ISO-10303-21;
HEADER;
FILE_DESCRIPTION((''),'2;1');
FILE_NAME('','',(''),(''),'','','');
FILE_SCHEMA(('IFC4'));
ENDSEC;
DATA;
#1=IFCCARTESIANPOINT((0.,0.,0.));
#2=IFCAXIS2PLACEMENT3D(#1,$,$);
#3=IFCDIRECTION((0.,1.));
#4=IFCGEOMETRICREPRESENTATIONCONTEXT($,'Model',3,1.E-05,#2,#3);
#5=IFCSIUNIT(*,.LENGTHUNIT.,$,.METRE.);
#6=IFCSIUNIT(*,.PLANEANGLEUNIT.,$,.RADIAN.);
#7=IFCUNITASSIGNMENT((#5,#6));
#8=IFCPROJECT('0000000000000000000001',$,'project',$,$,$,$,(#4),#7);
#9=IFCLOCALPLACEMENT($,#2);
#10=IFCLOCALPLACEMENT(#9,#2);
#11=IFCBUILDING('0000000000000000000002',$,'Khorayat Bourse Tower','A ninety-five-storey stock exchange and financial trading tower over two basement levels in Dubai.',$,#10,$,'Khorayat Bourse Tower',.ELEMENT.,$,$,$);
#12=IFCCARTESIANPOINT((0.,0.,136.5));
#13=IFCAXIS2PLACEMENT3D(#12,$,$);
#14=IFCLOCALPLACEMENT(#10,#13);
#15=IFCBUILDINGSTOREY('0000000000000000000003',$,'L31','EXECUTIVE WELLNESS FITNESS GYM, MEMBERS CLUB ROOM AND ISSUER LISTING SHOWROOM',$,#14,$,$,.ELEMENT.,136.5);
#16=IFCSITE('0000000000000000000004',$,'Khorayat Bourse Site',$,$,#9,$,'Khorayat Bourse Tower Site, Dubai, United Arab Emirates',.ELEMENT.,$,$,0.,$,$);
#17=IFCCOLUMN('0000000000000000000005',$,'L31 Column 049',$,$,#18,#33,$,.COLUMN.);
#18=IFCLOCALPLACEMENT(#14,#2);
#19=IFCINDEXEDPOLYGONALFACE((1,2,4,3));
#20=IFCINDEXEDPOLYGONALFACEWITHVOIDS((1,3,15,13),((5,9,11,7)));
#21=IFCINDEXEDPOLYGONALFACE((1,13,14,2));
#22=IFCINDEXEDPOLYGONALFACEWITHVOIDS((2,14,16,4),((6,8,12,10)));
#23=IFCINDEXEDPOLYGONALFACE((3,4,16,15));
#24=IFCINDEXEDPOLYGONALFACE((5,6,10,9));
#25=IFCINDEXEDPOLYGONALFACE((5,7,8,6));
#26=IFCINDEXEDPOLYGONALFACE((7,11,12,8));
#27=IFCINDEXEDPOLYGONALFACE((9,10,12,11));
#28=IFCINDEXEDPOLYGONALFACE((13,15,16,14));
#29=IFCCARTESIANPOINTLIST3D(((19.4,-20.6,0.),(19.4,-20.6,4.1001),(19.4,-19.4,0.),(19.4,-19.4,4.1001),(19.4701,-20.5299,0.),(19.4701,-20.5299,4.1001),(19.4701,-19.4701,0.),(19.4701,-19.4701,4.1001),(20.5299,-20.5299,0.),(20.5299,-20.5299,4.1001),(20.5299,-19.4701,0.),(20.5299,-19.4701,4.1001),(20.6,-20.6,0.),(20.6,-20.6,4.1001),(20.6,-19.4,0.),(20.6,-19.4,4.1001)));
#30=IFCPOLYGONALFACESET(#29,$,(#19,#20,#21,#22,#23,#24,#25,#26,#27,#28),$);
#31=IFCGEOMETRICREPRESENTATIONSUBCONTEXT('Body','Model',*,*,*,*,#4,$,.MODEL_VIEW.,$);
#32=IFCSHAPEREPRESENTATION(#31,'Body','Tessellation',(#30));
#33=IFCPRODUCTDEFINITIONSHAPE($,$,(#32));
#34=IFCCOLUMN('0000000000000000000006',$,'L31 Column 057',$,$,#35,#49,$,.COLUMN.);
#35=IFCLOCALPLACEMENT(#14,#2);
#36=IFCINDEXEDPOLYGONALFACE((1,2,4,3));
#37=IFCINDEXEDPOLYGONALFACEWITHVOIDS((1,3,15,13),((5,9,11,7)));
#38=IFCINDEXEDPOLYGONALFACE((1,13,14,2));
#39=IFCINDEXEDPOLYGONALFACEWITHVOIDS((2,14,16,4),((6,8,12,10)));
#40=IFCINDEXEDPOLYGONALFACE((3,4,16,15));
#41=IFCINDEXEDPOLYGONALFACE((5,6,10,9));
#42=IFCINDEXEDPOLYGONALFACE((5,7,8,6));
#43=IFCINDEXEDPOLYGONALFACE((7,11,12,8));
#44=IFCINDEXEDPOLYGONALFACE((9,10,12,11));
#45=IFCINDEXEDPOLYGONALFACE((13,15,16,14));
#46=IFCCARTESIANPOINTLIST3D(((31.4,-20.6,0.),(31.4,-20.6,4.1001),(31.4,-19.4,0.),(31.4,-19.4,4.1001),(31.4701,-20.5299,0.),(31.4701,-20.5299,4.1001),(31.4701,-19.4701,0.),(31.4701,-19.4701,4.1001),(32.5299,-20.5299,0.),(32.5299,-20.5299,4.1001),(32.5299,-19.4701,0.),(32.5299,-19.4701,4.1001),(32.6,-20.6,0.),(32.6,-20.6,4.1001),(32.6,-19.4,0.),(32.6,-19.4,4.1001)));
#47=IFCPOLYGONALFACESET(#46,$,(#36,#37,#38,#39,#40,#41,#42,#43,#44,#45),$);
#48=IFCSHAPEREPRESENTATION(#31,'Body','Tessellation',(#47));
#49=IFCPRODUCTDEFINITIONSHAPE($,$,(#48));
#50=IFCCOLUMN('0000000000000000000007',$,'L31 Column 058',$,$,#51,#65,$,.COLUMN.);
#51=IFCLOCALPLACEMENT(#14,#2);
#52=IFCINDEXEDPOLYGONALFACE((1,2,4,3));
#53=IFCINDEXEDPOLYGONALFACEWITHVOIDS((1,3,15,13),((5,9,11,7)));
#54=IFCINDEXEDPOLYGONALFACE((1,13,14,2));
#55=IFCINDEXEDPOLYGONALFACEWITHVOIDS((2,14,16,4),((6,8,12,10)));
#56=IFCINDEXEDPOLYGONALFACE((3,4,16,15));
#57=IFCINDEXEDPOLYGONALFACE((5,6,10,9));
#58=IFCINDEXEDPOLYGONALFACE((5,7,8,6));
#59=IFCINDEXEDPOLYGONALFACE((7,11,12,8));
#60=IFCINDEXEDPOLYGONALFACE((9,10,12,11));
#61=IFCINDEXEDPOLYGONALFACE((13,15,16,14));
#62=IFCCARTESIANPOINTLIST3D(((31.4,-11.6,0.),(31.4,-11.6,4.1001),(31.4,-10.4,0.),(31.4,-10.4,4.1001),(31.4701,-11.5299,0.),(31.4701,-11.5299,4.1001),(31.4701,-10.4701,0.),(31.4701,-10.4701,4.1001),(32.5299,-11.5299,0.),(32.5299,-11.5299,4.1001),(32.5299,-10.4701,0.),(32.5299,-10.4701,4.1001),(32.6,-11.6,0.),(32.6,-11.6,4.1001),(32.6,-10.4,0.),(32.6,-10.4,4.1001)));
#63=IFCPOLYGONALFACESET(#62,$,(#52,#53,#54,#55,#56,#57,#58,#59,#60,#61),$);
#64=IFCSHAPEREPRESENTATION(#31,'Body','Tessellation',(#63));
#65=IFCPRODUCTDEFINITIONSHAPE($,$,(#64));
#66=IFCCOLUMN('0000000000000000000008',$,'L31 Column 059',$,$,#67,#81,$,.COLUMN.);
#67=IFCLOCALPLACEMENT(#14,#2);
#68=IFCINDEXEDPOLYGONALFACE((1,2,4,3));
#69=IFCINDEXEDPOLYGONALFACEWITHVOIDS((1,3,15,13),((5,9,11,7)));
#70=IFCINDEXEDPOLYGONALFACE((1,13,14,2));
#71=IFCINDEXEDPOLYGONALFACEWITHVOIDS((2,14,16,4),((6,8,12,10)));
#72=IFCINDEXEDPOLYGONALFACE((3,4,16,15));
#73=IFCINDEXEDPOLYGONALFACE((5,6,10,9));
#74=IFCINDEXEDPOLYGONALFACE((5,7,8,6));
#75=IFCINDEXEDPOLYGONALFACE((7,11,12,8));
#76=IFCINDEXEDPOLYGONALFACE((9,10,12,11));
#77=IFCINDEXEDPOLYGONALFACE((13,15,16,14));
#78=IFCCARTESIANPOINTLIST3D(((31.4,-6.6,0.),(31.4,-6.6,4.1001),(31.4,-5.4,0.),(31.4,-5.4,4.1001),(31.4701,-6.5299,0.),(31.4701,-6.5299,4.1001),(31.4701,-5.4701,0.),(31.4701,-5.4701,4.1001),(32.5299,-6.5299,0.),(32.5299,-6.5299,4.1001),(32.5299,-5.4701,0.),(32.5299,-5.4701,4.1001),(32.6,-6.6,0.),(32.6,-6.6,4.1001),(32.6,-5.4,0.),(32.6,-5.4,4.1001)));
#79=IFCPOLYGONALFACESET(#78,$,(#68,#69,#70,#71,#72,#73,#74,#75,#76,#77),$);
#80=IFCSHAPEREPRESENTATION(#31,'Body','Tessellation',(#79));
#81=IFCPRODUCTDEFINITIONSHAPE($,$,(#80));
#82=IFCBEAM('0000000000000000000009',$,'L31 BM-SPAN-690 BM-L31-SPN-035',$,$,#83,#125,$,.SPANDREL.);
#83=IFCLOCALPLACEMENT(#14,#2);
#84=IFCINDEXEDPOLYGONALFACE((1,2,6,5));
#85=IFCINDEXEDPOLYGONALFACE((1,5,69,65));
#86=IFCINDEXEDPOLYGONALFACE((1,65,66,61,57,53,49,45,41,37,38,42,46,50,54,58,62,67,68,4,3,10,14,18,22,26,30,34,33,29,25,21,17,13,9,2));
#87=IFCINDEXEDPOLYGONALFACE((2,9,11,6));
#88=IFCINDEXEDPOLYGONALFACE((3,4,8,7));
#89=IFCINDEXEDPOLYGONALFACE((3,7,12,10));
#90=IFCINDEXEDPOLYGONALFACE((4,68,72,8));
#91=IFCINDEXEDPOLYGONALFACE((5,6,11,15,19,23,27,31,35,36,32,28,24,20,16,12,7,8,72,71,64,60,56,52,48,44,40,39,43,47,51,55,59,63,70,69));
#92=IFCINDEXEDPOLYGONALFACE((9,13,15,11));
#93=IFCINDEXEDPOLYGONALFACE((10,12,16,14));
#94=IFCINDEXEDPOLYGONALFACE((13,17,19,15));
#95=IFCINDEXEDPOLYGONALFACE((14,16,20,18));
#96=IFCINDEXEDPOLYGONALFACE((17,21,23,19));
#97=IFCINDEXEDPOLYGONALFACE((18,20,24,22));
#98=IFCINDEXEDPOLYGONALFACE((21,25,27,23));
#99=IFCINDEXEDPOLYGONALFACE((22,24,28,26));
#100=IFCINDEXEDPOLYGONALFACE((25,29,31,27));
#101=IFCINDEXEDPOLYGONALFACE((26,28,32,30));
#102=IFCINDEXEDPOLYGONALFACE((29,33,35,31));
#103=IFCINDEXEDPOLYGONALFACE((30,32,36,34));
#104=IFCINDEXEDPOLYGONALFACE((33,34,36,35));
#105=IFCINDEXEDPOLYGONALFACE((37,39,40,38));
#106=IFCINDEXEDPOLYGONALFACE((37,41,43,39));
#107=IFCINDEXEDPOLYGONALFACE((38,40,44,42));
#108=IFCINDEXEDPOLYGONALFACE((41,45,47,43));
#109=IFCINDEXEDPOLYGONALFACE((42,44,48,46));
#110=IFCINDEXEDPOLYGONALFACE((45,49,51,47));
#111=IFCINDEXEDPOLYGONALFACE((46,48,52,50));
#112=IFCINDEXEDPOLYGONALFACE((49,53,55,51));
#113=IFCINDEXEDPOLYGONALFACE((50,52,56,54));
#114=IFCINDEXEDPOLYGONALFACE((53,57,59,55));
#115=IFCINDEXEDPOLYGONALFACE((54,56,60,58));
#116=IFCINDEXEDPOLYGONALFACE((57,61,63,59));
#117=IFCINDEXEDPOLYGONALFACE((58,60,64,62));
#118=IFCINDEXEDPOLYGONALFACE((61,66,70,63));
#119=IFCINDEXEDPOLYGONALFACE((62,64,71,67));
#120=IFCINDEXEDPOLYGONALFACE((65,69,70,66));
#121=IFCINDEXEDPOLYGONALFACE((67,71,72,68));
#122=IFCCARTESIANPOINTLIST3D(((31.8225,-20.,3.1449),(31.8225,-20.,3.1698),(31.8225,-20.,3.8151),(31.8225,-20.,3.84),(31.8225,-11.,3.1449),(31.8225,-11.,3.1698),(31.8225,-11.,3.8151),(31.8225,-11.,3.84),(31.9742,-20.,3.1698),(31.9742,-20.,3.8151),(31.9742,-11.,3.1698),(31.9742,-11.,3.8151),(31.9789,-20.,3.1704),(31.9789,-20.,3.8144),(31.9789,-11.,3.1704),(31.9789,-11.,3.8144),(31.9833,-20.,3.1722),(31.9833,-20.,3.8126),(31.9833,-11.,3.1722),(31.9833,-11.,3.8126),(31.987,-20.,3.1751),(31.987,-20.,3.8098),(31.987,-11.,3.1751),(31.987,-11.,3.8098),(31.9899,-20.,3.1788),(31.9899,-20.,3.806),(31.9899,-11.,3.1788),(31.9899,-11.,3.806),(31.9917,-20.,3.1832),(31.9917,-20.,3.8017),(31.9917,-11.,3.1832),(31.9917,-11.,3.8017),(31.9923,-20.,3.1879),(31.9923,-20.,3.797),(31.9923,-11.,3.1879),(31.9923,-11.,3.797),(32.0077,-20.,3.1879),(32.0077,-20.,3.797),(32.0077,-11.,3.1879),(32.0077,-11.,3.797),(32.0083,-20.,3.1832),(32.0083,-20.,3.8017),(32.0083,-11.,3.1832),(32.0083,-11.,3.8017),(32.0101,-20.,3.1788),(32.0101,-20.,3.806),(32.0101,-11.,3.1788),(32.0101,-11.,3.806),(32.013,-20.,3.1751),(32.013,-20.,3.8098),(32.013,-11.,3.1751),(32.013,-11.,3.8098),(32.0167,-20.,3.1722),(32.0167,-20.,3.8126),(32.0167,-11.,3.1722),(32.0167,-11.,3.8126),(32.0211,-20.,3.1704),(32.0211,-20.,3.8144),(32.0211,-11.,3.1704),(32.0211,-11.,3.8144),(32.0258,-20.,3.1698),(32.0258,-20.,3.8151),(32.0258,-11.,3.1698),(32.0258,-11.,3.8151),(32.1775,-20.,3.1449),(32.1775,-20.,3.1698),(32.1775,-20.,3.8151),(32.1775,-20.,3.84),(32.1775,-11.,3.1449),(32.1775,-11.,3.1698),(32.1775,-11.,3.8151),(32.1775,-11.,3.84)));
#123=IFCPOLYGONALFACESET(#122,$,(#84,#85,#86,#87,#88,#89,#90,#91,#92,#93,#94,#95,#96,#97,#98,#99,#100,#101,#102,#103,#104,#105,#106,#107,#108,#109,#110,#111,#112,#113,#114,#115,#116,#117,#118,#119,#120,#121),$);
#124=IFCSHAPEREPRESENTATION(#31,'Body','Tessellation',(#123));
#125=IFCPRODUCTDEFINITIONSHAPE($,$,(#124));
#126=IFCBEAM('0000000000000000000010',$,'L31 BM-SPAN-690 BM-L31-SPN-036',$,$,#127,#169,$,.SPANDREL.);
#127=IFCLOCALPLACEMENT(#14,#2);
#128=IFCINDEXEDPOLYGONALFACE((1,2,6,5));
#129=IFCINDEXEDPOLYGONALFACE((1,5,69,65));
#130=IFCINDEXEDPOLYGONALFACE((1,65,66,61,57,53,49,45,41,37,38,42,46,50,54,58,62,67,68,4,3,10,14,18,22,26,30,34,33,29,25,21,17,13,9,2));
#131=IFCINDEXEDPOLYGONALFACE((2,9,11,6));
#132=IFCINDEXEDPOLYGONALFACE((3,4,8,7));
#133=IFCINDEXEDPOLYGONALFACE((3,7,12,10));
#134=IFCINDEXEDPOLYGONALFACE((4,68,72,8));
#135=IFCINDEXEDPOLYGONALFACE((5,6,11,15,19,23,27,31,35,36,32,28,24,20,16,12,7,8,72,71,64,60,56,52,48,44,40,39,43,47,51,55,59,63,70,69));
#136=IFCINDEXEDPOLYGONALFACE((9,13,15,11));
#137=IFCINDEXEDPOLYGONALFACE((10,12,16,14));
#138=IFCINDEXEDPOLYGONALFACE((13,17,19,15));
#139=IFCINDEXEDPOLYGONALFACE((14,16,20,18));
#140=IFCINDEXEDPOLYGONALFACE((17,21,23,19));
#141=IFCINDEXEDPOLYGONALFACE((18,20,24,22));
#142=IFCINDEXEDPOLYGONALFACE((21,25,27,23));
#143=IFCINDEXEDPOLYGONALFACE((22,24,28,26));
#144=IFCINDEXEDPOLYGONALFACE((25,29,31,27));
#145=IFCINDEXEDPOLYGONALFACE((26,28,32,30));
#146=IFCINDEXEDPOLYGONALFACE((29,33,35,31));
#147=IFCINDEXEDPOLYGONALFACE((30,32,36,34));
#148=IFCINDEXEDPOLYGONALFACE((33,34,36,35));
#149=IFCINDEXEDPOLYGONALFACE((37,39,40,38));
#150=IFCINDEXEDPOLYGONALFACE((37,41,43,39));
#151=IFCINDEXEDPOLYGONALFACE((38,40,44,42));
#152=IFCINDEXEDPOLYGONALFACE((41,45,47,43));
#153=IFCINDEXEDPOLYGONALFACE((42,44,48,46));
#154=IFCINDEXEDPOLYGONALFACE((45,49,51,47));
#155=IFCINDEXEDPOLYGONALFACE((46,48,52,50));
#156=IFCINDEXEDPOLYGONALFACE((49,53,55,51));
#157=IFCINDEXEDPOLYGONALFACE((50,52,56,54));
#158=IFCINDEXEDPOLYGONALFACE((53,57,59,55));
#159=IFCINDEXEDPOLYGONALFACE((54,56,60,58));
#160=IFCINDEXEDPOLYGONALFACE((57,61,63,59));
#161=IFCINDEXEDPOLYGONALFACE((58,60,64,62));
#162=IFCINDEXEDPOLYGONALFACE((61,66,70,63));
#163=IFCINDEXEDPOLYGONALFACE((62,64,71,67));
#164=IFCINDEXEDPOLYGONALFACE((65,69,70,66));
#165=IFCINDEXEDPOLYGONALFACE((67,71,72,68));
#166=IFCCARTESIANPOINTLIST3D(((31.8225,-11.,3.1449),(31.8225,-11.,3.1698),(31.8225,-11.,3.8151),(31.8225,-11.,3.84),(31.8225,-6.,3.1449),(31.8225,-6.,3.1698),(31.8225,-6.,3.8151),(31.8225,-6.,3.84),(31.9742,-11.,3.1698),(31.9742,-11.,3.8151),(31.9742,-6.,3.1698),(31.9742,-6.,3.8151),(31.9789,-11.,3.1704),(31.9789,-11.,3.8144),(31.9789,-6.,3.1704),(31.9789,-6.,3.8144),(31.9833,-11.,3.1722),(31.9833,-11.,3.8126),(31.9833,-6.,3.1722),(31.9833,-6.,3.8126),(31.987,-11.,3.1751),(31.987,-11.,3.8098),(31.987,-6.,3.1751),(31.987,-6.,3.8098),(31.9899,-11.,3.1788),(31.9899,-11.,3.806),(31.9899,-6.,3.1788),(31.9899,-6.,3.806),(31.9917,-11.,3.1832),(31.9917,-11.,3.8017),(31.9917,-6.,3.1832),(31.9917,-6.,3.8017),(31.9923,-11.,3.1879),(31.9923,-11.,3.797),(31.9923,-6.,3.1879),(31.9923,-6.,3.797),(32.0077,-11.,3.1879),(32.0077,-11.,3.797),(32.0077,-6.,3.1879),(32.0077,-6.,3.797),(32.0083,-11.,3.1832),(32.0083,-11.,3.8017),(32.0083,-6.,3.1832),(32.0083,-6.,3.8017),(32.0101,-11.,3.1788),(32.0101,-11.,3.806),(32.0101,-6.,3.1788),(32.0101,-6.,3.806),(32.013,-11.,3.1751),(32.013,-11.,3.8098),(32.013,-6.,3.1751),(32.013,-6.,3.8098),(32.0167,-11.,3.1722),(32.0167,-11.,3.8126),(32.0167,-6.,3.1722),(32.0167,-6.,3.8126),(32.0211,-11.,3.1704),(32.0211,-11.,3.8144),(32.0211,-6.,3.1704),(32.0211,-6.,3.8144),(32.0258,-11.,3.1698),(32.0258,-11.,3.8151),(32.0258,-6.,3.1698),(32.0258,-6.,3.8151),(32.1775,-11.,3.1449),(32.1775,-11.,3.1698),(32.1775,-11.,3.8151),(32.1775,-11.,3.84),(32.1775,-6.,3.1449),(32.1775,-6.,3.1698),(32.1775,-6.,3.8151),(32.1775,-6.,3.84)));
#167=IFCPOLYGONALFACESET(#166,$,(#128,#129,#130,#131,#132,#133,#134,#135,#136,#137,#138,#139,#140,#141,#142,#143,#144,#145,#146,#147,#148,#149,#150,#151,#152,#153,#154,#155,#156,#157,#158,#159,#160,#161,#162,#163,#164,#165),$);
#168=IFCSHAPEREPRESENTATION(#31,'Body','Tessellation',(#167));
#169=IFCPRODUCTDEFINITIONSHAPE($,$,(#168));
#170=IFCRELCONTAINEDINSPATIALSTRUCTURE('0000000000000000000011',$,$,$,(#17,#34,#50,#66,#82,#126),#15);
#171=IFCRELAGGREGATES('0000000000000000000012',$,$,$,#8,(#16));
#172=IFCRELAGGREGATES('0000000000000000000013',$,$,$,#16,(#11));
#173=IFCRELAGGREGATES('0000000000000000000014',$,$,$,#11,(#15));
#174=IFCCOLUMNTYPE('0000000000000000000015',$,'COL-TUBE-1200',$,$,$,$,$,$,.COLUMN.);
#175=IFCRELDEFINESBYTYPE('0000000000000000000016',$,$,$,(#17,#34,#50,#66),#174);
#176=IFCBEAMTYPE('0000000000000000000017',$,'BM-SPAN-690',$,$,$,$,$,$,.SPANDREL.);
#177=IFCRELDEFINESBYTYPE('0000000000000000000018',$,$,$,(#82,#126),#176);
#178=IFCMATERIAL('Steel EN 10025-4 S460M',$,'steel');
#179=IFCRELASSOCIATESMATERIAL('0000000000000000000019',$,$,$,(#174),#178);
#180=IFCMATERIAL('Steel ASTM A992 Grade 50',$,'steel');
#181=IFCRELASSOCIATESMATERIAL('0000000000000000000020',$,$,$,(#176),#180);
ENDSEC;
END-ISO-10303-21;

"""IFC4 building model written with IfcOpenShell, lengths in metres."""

from ifc_helpers import new_model, si_unit, direction, frame, origin, origin_2d, place, context, subcontext, project, spatial, hollow_rectangle, i_section, extrude, source, transform, mapped, material, material_profile, profile_set, type_object, element, save


model = new_model("IFC4")

# Units and contexts
model_context = context("Model", 3, precision=1e-05, world=origin(), true_north=direction((0.0, 1.0)))
body_context = subcontext(model_context, "Body", "Model", "MODEL_VIEW")
ifc_project = project(units=[si_unit("LENGTHUNIT", "METRE"), si_unit("PLANEANGLEUNIT", "RADIAN")], contexts=[model_context])

# Site, building, storey
site_placement = place(None, origin())
site = spatial("IfcSite", under=ifc_project, at=site_placement, Name="Khorayat Bourse Site", LongName="Khorayat Bourse Tower Site, Dubai, United Arab Emirates", CompositionType="ELEMENT", RefElevation=0.0)
building_placement = place(site_placement, origin())
building = spatial("IfcBuilding", under=site, at=building_placement, Name="Khorayat Bourse Tower", Description="A ninety-five-storey stock exchange and financial trading tower over two basement levels in Dubai.", LongName="Khorayat Bourse Tower", CompositionType="ELEMENT")
storey_placement = place(building_placement, frame((0.0, 0.0, 136.5)))
storey = spatial("IfcBuildingStorey", under=building, at=storey_placement, Name="L31", Description="EXECUTIVE WELLNESS FITNESS GYM, MEMBERS CLUB ROOM AND ISSUER LISTING SHOWROOM", CompositionType="ELEMENT", Elevation=136.5)

# Columns
ifc_material_1 = material(Name="Steel EN 10025-4 S460M", Category="steel")
ifc_material_profile_1 = material_profile(ifc_material_1, hollow_rectangle(XDim=1.2, YDim=1.2, WallThickness=0.0701, at=origin_2d()), Name="BOX 1200x1200x70")
ifc_profile_set_1 = profile_set([ifc_material_profile_1], Name="Steel EN 10025-4 S460M")
column_type = type_object("IfcColumnType", Name="COL-TUBE-1200", PredefinedType="COLUMN", material=ifc_profile_set_1)
shared_shape_1 = source(origin(), body_context, "Body", "SweptSolid", [
    extrude(hollow_rectangle(XDim=1.2, YDim=1.2, WallThickness=0.0701, at=origin_2d()), origin(), (0.0, 0.0, 1.0), 4.1001),
])
for number, where, z_axis, x_axis, name in (
    (1, (20.0, -20.0, 0.0), (0.0, 0.0, 1.0), (1.0, 0.0, 0.0), "L31 Column 049"),
    (2, (32.0, -20.0, 0.0), (0.0, 0.0, 1.0), (1.0, 0.0, 0.0), "L31 Column 057"),
    (3, (32.0, -11.0, 0.0), (0.0, 0.0, 1.0), (1.0, 0.0, 0.0), "L31 Column 058"),
    (4, (32.0, -6.0, 0.0), (0.0, 0.0, 1.0), (1.0, 0.0, 0.0), "L31 Column 059"),
):
    element("IfcColumn", number, at=place(storey_placement, frame(where, z_axis=z_axis, x_axis=x_axis)), inside=storey, type_object=column_type, Name=name, PredefinedType="COLUMN", context=body_context, shape_type="MappedRepresentation", body=[
        mapped(shared_shape_1, transform((0.0, 0.0, 0.0), scale=1.0)),
    ])

# Beams
ifc_material_2 = material(Name="Steel ASTM A992 Grade 50", Category="steel")
ifc_material_profile_2 = material_profile(ifc_material_2, i_section(OverallWidth=0.355, OverallDepth=0.6951, WebThickness=0.0154, FlangeThickness=0.0249, FilletRadius=0.0181, at=origin_2d()), Name="W690X217")
ifc_profile_set_2 = profile_set([ifc_material_profile_2], Name="Steel ASTM A992 Grade 50")
beam_type_1 = type_object("IfcBeamType", Name="BM-SPAN-690", PredefinedType="SPANDREL", material=ifc_profile_set_2)
shared_shape_2 = source(origin(), body_context, "Body", "SweptSolid", [
    extrude(i_section(OverallWidth=0.355, OverallDepth=0.6951, WebThickness=0.0154, FlangeThickness=0.0249, FilletRadius=0.0181, at=origin_2d()), origin(), (0.0, 0.0, 1.0), 9.0),
])
beam_1_placement = place(storey_placement, frame((32.0, -20.0, 3.4924), z_axis=(0.0, 1.0, 0.0), x_axis=(-1.0, 0.0, 0.0)))
element("IfcBeam", 5, at=beam_1_placement, inside=storey, type_object=beam_type_1, Name="L31 BM-SPAN-690 BM-L31-SPN-035", PredefinedType="SPANDREL", context=body_context, shape_type="MappedRepresentation", body=[
    mapped(shared_shape_2, transform((0.0, 0.0, 0.0), scale=1.0)),
])
shared_shape_3 = source(origin(), body_context, "Body", "SweptSolid", [
    extrude(i_section(OverallWidth=0.355, OverallDepth=0.6951, WebThickness=0.0154, FlangeThickness=0.0249, FilletRadius=0.0181, at=origin_2d()), origin(), (0.0, 0.0, 1.0), 5.0),
])
beam_2_placement = place(storey_placement, frame((32.0, -11.0, 3.4924), z_axis=(0.0, 1.0, 0.0), x_axis=(-1.0, 0.0, 0.0)))
element("IfcBeam", 6, at=beam_2_placement, inside=storey, type_object=beam_type_1, Name="L31 BM-SPAN-690 BM-L31-SPN-036", PredefinedType="SPANDREL", context=body_context, shape_type="MappedRepresentation", body=[
    mapped(shared_shape_3, transform((0.0, 0.0, 0.0), scale=1.0)),
])

save(model, "model.ifc")
